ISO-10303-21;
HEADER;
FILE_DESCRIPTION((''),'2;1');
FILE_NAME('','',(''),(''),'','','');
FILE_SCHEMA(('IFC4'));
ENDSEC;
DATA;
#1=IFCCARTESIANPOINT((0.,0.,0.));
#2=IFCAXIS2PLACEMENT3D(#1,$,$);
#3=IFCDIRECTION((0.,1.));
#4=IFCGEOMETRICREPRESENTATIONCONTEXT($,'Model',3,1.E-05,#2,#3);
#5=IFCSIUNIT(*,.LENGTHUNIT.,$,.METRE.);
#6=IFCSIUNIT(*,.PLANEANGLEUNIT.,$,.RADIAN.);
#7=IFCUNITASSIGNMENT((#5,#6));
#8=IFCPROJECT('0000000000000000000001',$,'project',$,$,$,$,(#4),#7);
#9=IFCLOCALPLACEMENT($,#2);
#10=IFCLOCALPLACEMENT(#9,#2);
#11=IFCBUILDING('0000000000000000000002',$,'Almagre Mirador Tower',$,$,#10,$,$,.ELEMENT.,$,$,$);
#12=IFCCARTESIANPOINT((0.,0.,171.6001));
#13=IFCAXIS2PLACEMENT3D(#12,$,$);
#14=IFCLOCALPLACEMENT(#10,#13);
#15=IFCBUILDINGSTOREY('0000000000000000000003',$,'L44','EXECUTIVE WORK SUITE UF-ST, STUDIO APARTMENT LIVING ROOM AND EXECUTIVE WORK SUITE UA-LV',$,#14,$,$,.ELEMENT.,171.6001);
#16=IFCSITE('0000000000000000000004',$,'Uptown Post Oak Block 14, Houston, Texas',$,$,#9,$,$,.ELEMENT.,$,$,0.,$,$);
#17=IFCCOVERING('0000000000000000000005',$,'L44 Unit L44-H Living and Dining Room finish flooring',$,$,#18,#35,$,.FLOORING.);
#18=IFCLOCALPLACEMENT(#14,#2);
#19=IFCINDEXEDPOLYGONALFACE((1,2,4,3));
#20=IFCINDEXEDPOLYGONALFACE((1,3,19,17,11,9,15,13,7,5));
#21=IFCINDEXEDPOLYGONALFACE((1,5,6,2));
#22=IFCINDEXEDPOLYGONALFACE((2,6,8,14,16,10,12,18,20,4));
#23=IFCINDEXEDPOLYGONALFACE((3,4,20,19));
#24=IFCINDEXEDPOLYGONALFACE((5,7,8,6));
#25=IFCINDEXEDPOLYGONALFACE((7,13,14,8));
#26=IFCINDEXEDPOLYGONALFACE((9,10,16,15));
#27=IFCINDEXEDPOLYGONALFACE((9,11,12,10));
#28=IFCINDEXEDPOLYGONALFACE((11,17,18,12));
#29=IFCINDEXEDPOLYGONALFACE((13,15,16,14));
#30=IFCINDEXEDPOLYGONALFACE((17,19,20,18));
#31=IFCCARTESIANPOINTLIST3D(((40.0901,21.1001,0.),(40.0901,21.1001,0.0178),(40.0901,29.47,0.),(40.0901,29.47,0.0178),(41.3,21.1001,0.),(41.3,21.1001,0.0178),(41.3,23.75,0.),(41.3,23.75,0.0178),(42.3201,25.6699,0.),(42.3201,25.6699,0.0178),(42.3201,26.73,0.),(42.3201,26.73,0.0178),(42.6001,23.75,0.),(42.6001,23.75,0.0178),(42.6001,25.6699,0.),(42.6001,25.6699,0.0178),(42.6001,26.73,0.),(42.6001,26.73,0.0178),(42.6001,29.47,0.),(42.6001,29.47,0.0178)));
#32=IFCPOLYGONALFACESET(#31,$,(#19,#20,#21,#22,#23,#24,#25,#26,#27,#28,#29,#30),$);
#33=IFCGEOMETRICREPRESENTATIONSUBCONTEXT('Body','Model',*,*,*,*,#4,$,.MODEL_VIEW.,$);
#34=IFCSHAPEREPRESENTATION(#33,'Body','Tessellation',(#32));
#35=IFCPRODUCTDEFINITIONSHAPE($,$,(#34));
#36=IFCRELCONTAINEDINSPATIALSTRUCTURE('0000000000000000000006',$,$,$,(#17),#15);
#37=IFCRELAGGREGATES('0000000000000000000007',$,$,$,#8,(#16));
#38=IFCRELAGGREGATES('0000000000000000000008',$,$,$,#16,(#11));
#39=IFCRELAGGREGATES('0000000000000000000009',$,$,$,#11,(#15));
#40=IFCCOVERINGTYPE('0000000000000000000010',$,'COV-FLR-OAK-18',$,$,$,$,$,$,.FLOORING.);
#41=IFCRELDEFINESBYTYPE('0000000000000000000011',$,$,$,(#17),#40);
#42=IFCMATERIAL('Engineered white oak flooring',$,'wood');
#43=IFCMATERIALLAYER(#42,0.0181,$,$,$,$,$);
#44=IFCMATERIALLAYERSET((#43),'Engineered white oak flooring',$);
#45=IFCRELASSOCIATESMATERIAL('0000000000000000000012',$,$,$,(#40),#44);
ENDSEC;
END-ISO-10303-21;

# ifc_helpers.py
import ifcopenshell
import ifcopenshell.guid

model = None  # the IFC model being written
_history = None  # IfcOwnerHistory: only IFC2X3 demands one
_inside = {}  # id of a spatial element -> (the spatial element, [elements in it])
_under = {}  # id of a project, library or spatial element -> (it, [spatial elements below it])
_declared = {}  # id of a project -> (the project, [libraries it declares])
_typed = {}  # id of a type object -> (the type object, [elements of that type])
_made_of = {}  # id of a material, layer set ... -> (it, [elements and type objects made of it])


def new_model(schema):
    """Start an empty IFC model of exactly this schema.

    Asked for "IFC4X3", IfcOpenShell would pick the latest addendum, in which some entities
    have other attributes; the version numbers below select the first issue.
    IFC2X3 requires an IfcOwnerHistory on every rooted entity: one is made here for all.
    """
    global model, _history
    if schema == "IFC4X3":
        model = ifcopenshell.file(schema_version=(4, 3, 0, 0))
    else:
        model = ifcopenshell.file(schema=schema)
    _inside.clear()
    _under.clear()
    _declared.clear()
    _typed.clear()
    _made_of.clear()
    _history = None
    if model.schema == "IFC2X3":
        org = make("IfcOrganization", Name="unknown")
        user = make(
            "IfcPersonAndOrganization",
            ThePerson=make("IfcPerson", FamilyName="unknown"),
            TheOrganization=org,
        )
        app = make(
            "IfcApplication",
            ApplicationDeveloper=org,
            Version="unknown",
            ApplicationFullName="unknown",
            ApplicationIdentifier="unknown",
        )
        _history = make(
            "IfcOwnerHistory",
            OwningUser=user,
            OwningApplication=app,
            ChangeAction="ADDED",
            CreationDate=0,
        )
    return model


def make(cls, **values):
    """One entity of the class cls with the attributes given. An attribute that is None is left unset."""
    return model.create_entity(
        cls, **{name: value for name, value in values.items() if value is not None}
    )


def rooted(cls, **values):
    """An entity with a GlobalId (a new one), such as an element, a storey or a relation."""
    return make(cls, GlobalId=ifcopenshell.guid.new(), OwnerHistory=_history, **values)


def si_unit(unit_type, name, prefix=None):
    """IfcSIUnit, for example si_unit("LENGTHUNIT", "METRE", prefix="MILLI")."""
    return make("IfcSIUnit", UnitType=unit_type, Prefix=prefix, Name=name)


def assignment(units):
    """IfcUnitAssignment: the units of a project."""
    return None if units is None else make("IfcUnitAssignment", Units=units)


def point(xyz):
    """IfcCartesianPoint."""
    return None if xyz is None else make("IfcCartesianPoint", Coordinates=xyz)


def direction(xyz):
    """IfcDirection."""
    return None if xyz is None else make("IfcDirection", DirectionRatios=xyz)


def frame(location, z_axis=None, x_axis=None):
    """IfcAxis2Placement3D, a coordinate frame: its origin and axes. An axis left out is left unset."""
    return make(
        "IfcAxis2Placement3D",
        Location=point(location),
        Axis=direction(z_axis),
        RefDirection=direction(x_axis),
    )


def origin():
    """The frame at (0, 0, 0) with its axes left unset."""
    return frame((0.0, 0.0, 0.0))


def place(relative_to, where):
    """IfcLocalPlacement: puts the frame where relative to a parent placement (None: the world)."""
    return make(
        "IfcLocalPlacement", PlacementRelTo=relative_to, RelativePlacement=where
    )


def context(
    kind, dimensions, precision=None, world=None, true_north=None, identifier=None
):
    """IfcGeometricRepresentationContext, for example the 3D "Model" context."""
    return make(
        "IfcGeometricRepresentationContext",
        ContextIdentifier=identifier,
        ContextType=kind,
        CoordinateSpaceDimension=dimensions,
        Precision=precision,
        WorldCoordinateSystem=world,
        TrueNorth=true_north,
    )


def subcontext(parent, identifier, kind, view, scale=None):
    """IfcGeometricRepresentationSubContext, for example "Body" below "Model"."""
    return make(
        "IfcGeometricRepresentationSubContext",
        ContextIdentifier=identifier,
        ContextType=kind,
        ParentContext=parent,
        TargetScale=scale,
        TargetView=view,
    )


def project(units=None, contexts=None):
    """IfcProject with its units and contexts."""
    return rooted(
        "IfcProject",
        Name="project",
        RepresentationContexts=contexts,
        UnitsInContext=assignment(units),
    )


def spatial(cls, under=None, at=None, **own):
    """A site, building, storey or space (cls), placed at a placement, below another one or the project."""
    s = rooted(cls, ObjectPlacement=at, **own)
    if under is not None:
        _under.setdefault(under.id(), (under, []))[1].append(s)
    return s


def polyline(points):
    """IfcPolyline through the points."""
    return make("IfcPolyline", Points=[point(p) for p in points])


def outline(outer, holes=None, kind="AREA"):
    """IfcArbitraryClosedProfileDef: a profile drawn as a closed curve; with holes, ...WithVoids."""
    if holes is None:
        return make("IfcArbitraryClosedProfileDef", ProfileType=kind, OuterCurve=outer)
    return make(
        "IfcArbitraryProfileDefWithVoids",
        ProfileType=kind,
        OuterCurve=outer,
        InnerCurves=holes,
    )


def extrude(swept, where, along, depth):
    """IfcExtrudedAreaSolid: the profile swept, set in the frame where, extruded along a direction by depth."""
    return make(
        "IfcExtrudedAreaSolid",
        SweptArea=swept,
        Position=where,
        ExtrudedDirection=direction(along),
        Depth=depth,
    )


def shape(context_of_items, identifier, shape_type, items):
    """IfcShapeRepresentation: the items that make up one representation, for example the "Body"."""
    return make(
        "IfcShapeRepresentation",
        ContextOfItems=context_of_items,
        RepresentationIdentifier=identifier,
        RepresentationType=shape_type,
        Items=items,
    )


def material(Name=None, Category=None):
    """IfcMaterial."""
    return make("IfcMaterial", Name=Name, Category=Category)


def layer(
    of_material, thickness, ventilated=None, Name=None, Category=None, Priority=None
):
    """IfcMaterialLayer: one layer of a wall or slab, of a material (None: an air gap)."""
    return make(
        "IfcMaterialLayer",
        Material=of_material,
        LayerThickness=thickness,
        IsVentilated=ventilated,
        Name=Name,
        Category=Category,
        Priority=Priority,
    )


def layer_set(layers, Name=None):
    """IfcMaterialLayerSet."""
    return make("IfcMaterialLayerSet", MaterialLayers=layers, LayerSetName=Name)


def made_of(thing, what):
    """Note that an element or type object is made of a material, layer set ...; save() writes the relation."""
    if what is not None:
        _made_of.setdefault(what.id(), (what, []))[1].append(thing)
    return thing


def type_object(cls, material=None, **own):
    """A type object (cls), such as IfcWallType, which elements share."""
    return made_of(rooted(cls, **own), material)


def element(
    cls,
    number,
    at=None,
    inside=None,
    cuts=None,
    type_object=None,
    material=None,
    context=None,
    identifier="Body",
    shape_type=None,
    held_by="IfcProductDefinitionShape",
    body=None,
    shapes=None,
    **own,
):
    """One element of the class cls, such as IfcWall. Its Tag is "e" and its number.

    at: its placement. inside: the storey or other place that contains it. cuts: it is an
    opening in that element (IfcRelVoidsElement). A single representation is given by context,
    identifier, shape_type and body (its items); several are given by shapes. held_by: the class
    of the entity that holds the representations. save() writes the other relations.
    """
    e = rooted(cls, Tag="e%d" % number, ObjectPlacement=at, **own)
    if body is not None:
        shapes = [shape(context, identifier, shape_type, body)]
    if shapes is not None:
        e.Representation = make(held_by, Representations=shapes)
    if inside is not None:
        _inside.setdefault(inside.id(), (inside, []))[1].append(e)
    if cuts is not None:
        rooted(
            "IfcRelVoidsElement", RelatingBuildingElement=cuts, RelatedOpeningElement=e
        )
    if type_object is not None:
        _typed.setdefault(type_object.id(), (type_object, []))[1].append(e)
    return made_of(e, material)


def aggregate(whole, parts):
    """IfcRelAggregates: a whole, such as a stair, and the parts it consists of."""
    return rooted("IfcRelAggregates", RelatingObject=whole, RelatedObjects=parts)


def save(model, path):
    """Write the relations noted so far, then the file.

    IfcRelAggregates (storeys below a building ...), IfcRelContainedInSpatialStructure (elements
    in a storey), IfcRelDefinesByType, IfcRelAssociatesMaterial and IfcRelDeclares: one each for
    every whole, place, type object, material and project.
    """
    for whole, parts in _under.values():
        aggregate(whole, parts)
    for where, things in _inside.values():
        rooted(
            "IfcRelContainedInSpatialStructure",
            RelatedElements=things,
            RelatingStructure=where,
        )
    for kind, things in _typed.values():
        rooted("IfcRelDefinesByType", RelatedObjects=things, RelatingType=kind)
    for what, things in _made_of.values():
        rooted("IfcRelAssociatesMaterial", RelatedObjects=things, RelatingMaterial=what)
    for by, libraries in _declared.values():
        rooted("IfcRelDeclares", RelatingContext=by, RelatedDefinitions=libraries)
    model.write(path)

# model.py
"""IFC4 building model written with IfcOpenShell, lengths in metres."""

from ifc_helpers import new_model, si_unit, direction, frame, origin, place, context, subcontext, project, spatial, polyline, outline, extrude, material, layer, layer_set, type_object, element, save


model = new_model("IFC4")

# Units and contexts
model_context = context("Model", 3, precision=1e-05, world=origin(), true_north=direction((0.0, 1.0)))
body_context = subcontext(model_context, "Body", "Model", "MODEL_VIEW")
ifc_project = project(units=[si_unit("LENGTHUNIT", "METRE"), si_unit("PLANEANGLEUNIT", "RADIAN")], contexts=[model_context])

# Site, building, storey
site_placement = place(None, origin())
site = spatial("IfcSite", under=ifc_project, at=site_placement, Name="Uptown Post Oak Block 14, Houston, Texas", CompositionType="ELEMENT", RefElevation=0.0)
building_placement = place(site_placement, origin())
building = spatial("IfcBuilding", under=site, at=building_placement, Name="Almagre Mirador Tower", CompositionType="ELEMENT")
storey_placement = place(building_placement, frame((0.0, 0.0, 171.6001)))
storey = spatial("IfcBuildingStorey", under=building, at=storey_placement, Name="L44", Description="EXECUTIVE WORK SUITE UF-ST, STUDIO APARTMENT LIVING ROOM AND EXECUTIVE WORK SUITE UA-LV", CompositionType="ELEMENT", Elevation=171.6001)

# Covering
ifc_material_1 = material(Name="Engineered white oak flooring", Category="wood")
ifc_layer_1 = layer(ifc_material_1, 0.0181)
ifc_layer_set_1 = layer_set([ifc_layer_1], Name="Engineered white oak flooring")
covering_type = type_object("IfcCoveringType", Name="COV-FLR-OAK-18", PredefinedType="FLOORING", material=ifc_layer_set_1)
covering_placement = place(storey_placement, origin())
element("IfcCovering", 1, at=covering_placement, inside=storey, type_object=covering_type, Name="L44 Unit L44-H Living and Dining Room finish flooring", PredefinedType="FLOORING", context=body_context, shape_type="SweptSolid", body=[
    extrude(outline(polyline([(41.3, 23.75), (41.3, 21.1001), (40.0901, 21.1001), (40.0901, 29.47), (42.6001, 29.47), (42.6001, 26.73), (42.3201, 26.73), (42.3201, 25.6699), (42.6001, 25.6699), (42.6001, 23.75), (41.3, 23.75)])), origin(), (0.0, 0.0, 1.0), 0.0178),
])

save(model, "model.ifc")
